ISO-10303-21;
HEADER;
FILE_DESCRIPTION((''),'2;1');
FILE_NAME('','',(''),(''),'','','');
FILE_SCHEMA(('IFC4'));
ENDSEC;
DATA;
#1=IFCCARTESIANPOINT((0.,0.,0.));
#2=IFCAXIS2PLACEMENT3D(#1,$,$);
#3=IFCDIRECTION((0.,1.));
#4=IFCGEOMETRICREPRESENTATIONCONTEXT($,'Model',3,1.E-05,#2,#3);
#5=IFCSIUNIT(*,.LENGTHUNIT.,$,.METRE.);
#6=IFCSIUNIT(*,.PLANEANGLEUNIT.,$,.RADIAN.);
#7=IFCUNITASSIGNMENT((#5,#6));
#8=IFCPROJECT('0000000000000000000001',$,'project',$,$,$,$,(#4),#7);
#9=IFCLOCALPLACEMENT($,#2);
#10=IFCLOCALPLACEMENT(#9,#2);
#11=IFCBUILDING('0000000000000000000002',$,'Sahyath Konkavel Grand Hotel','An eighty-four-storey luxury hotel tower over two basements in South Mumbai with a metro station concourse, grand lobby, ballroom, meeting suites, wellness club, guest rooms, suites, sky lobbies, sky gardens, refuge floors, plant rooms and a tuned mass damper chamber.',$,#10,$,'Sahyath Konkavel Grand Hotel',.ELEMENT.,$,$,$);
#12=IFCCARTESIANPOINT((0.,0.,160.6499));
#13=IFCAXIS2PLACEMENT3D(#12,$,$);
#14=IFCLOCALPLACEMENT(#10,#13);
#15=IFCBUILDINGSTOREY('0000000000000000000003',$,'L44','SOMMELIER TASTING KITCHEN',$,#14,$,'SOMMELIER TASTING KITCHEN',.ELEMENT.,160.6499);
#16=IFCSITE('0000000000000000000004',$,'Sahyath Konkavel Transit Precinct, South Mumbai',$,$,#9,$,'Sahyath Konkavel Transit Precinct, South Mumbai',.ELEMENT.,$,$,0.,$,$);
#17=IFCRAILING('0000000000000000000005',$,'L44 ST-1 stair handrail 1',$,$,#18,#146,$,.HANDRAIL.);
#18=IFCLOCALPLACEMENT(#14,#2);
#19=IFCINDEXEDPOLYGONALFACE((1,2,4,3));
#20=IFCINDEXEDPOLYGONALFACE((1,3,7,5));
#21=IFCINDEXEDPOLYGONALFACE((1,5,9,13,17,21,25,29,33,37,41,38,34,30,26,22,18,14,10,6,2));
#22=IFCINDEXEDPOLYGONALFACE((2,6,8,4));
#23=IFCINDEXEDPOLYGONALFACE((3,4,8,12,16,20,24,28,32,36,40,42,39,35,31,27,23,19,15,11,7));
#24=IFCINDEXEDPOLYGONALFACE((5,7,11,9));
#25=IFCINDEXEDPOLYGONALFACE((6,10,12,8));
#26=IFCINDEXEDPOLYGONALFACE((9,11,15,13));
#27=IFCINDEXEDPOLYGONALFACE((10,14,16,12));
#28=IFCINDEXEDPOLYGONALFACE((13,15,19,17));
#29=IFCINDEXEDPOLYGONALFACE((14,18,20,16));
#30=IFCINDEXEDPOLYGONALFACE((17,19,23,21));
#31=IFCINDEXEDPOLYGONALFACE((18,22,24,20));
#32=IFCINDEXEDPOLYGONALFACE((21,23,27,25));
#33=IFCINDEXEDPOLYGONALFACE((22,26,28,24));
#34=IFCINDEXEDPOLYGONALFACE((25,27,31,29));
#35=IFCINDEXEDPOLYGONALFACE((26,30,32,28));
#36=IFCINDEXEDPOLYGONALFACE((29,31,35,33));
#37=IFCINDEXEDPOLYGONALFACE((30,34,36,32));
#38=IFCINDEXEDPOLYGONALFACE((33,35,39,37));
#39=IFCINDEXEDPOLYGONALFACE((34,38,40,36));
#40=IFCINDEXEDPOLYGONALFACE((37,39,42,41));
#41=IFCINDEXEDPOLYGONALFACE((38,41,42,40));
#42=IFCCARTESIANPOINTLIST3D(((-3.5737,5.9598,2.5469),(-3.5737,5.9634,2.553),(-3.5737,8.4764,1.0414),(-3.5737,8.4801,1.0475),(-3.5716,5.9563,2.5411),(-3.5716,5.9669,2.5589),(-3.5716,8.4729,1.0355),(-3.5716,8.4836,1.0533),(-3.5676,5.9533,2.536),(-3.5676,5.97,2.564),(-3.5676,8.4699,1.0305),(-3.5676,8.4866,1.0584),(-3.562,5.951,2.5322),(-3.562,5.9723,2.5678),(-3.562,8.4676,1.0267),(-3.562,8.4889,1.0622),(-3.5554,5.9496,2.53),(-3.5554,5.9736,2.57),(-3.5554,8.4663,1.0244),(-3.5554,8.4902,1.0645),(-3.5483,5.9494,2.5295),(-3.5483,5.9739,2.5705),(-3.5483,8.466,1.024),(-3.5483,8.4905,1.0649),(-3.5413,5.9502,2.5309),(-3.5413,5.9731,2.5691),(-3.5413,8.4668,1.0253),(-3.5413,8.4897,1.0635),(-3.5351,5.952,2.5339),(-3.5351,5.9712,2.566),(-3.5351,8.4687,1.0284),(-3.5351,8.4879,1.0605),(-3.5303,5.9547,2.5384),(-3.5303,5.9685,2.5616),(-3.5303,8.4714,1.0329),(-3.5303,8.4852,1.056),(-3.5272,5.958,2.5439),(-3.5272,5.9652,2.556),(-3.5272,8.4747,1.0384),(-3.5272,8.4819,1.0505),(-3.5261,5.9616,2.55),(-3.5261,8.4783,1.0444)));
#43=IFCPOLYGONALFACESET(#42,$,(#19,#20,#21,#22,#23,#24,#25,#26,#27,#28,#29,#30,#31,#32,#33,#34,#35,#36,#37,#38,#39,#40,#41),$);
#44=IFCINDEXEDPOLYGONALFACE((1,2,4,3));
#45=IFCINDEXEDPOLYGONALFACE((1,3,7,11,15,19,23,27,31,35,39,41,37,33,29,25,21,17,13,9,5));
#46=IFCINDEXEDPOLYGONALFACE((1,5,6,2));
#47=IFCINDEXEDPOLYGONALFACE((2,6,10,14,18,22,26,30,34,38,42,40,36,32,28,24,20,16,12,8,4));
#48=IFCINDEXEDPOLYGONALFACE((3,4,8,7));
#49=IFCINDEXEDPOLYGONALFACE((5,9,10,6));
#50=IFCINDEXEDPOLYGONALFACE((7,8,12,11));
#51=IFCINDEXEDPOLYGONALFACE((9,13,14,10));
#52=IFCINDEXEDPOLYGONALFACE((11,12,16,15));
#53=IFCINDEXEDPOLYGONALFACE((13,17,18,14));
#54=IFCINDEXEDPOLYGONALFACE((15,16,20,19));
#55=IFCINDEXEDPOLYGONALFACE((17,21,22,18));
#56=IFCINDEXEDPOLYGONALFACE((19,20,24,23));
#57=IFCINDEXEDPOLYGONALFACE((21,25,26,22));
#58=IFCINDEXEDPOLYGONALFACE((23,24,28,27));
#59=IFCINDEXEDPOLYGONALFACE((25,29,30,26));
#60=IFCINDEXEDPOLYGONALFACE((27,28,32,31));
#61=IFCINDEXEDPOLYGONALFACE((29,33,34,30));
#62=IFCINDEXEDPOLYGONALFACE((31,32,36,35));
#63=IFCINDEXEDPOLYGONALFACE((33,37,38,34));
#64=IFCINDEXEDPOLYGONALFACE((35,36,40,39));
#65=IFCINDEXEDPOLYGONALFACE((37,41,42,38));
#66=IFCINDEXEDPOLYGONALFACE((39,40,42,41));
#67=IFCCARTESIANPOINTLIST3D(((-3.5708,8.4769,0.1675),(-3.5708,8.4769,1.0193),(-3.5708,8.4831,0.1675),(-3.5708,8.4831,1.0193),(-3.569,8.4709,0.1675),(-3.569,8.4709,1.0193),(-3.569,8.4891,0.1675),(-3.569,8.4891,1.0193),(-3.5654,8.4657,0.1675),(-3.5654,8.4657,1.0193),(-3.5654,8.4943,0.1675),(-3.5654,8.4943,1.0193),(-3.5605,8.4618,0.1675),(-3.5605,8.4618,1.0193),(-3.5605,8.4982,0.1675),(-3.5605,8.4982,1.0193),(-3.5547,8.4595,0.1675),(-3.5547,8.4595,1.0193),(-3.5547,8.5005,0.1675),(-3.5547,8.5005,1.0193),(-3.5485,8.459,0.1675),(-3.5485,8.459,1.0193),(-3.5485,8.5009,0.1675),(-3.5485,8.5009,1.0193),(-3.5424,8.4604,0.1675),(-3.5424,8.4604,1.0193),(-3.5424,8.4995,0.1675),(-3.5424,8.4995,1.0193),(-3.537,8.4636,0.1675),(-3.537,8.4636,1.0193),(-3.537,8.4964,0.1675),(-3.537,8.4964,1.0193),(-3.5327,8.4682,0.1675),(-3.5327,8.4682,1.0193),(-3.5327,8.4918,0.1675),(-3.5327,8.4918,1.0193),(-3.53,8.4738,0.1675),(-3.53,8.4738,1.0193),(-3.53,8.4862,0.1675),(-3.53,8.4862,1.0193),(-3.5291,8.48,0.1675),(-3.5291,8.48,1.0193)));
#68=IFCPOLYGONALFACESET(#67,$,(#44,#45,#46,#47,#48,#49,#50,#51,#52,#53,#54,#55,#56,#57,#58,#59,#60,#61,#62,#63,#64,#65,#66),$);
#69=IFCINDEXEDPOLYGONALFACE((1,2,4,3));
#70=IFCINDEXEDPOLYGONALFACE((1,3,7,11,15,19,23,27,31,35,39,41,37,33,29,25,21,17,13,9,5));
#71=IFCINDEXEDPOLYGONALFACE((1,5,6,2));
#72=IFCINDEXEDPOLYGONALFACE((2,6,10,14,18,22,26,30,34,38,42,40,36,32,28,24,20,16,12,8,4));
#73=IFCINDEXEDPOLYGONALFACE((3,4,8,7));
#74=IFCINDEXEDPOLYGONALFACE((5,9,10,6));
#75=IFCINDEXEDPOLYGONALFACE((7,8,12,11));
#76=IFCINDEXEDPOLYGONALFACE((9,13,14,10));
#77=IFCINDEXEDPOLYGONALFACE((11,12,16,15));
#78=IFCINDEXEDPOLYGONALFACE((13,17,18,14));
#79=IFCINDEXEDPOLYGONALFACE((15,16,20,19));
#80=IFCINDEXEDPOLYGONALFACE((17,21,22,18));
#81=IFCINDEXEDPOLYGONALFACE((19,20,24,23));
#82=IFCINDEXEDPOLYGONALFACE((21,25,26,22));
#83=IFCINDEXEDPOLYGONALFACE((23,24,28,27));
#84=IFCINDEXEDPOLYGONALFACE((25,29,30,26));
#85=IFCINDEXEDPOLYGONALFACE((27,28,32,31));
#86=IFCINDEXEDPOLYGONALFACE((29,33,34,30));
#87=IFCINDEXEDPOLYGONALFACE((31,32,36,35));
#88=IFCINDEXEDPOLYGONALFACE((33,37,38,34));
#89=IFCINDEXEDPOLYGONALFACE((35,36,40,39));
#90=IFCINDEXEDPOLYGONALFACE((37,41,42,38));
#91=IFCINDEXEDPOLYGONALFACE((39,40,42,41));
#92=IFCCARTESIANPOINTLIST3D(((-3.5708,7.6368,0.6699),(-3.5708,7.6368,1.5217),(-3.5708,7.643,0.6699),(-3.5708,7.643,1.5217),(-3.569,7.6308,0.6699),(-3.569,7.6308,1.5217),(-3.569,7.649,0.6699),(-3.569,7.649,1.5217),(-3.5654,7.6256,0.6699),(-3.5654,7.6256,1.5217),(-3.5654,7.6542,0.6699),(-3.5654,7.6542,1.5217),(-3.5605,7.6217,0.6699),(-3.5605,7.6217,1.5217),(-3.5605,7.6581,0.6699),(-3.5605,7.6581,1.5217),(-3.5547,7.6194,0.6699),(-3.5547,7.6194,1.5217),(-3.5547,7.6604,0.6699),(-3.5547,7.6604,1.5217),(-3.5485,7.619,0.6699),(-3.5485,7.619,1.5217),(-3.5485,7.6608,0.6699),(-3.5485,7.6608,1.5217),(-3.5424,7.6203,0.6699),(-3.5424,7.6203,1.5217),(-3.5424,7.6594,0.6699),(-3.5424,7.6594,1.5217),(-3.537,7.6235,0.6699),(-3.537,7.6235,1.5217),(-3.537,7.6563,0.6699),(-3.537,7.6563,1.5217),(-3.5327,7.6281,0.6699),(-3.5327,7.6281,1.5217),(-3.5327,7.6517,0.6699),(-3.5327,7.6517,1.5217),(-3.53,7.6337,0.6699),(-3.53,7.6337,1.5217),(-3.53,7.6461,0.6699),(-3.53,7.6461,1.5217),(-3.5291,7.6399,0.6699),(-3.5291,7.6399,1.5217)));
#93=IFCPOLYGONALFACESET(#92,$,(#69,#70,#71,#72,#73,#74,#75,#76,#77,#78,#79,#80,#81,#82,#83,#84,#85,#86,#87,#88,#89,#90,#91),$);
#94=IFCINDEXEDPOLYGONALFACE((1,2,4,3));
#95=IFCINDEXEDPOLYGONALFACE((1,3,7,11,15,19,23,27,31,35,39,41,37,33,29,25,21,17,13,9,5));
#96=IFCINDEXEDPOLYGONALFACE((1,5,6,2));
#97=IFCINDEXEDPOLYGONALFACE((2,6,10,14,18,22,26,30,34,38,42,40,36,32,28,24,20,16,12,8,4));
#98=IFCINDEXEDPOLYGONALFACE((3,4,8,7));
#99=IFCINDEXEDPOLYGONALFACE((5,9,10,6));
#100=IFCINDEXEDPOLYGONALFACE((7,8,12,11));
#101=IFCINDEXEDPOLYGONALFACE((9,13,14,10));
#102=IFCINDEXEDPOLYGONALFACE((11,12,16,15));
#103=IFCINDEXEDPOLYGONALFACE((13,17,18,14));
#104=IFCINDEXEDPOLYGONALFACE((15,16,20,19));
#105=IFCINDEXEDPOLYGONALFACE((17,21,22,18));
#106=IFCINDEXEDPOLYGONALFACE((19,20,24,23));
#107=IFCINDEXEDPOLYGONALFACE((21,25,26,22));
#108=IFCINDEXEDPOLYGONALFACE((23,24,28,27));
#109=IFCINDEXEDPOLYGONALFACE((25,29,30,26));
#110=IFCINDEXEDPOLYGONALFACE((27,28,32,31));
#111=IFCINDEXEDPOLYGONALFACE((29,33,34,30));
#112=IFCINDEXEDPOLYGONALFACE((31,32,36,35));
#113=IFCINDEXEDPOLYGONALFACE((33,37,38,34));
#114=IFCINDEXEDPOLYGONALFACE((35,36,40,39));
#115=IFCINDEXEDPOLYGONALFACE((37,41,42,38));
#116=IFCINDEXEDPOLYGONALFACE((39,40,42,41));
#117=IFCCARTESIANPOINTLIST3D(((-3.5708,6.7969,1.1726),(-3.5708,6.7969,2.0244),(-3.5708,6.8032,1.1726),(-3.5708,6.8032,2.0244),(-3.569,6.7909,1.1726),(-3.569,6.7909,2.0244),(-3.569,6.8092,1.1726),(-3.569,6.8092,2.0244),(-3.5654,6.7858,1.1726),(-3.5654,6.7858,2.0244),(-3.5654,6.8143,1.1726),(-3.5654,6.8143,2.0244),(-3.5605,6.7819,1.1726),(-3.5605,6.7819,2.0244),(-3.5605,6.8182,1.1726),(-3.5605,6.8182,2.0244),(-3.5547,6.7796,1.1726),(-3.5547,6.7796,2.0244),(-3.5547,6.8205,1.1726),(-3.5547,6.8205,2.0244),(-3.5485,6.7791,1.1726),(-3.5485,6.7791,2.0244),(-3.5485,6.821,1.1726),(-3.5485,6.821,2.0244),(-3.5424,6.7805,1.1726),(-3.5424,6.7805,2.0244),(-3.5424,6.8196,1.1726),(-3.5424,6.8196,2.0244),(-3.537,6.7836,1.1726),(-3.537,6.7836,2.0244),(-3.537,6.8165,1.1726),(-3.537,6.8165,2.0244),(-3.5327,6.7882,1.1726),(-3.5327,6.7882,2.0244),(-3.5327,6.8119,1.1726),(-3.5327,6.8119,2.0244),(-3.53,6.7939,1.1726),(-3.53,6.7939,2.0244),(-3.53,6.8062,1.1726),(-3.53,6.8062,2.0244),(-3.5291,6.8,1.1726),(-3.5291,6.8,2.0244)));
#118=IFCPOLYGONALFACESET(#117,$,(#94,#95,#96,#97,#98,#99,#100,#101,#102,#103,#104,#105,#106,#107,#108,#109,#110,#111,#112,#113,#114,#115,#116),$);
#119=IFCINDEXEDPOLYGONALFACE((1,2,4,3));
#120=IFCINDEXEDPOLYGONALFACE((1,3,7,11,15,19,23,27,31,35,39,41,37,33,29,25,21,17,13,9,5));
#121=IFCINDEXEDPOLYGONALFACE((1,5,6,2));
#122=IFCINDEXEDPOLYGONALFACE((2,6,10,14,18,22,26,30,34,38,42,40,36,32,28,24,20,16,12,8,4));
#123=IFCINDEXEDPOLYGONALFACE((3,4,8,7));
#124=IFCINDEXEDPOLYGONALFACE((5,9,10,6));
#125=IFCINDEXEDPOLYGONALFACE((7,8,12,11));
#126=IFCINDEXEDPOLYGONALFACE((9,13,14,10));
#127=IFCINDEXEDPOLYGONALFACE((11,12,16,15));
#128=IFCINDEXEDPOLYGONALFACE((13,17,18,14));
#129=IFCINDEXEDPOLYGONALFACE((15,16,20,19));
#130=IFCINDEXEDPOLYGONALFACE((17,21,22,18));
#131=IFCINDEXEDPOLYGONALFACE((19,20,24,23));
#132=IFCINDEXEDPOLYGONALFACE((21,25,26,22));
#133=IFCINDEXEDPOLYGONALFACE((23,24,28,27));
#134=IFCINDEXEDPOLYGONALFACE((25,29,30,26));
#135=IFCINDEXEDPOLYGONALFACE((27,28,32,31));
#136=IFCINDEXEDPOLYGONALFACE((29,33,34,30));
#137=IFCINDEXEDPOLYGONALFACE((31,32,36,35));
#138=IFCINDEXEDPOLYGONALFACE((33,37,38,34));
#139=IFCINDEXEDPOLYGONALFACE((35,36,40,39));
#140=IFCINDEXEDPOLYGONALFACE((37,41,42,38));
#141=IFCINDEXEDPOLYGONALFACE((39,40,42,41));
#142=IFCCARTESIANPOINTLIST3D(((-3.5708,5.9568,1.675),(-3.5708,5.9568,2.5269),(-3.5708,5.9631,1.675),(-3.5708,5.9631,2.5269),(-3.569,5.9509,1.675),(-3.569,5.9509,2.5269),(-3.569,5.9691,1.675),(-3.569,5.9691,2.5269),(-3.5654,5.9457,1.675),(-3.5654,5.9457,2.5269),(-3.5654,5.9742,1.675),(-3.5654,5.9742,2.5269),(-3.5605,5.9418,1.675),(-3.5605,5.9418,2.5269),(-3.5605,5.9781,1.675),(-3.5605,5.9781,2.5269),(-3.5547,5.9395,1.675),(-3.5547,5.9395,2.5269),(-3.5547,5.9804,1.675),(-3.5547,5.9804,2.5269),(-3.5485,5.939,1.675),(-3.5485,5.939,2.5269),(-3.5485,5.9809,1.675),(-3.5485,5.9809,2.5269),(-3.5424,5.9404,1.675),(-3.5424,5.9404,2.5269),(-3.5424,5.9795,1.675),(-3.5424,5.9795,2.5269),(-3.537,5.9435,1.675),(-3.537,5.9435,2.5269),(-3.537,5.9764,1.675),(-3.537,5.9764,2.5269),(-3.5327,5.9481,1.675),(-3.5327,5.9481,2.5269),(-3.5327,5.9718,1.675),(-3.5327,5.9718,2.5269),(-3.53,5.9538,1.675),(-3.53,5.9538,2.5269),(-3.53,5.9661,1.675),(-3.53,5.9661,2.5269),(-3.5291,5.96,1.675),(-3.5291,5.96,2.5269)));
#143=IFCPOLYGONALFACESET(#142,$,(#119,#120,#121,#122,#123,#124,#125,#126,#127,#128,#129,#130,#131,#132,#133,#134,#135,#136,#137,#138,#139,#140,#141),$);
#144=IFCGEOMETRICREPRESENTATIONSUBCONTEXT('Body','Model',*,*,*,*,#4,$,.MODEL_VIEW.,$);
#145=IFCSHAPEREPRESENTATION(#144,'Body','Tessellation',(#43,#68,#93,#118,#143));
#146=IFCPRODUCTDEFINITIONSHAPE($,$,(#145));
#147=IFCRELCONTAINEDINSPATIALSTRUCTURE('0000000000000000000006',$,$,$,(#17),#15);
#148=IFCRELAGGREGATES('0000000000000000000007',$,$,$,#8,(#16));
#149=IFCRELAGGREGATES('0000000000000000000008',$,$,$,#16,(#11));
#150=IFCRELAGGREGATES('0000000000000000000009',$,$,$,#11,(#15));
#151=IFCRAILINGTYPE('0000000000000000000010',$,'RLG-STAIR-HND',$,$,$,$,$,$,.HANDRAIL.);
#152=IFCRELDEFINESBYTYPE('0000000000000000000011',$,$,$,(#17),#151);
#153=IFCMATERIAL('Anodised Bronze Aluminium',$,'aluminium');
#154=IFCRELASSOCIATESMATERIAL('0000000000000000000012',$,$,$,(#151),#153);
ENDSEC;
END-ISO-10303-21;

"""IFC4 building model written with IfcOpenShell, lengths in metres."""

from ifc_helpers import new_model, si_unit, direction, frame, origin, origin_2d, place, context, subcontext, project, spatial, circle, extrude, material, type_object, element, save


model = new_model("IFC4")

# Units and contexts
model_context = context("Model", 3, precision=1e-05, world=origin(), true_north=direction((0.0, 1.0)))
body_context = subcontext(model_context, "Body", "Model", "MODEL_VIEW")
ifc_project = project(units=[si_unit("LENGTHUNIT", "METRE"), si_unit("PLANEANGLEUNIT", "RADIAN")], contexts=[model_context])

# Site, building, storey
site_placement = place(None, origin())
site = spatial("IfcSite", under=ifc_project, at=site_placement, Name="Sahyath Konkavel Transit Precinct, South Mumbai", LongName="Sahyath Konkavel Transit Precinct, South Mumbai", CompositionType="ELEMENT", RefElevation=0.0)
building_placement = place(site_placement, origin())
building = spatial("IfcBuilding", under=site, at=building_placement, Name="Sahyath Konkavel Grand Hotel", Description="An eighty-four-storey luxury hotel tower over two basements in South Mumbai with a metro station concourse, grand lobby, ballroom, meeting suites, wellness club, guest rooms, suites, sky lobbies, sky gardens, refuge floors, plant rooms and a tuned mass damper chamber.", LongName="Sahyath Konkavel Grand Hotel", CompositionType="ELEMENT")
storey_placement = place(building_placement, frame((0.0, 0.0, 160.6499)))
storey = spatial("IfcBuildingStorey", under=building, at=storey_placement, Name="L44", Description="SOMMELIER TASTING KITCHEN", LongName="SOMMELIER TASTING KITCHEN", CompositionType="ELEMENT", Elevation=160.6499)

# Shared definitions
ifc_material_1 = material(Name="Anodised Bronze Aluminium", Category="aluminium")

# Railing
railing_type_1 = type_object("IfcRailingType", Name="RLG-STAIR-HND", PredefinedType="HANDRAIL", material=ifc_material_1)
railing_1_placement = place(storey_placement, frame((-3.55, 8.48, 0.1675)))
element("IfcRailing", 1, at=railing_1_placement, inside=storey, type_object=railing_type_1, Name="L44 ST-1 stair handrail 1", PredefinedType="HANDRAIL", context=body_context, shape_type="SweptSolid", body=[
    extrude(circle(Radius=0.0239, at=origin_2d()), frame((0.0, -0.0017, 0.877), z_axis=(0.0, -0.85816, 0.513383), x_axis=(1.0, 0.0, 0.0)), (0.0, 0.0, 1.0), 2.9326),
    extrude(circle(Radius=0.021, at=origin_2d()), origin(), (0.0, 0.0, 1.0), 0.8518),
    extrude(circle(Radius=0.021, at=origin_2d()), frame((0.0, -0.8401, 0.5024)), (0.0, 0.0, 1.0), 0.8518),
    extrude(circle(Radius=0.021, at=origin_2d()), frame((0.0, -1.6799, 1.0051)), (0.0, 0.0, 1.0), 0.8518),
    extrude(circle(Radius=0.021, at=origin_2d()), frame((0.0, -2.52, 1.5076)), (0.0, 0.0, 1.0), 0.8518),
])

save(model, "model.ifc")
